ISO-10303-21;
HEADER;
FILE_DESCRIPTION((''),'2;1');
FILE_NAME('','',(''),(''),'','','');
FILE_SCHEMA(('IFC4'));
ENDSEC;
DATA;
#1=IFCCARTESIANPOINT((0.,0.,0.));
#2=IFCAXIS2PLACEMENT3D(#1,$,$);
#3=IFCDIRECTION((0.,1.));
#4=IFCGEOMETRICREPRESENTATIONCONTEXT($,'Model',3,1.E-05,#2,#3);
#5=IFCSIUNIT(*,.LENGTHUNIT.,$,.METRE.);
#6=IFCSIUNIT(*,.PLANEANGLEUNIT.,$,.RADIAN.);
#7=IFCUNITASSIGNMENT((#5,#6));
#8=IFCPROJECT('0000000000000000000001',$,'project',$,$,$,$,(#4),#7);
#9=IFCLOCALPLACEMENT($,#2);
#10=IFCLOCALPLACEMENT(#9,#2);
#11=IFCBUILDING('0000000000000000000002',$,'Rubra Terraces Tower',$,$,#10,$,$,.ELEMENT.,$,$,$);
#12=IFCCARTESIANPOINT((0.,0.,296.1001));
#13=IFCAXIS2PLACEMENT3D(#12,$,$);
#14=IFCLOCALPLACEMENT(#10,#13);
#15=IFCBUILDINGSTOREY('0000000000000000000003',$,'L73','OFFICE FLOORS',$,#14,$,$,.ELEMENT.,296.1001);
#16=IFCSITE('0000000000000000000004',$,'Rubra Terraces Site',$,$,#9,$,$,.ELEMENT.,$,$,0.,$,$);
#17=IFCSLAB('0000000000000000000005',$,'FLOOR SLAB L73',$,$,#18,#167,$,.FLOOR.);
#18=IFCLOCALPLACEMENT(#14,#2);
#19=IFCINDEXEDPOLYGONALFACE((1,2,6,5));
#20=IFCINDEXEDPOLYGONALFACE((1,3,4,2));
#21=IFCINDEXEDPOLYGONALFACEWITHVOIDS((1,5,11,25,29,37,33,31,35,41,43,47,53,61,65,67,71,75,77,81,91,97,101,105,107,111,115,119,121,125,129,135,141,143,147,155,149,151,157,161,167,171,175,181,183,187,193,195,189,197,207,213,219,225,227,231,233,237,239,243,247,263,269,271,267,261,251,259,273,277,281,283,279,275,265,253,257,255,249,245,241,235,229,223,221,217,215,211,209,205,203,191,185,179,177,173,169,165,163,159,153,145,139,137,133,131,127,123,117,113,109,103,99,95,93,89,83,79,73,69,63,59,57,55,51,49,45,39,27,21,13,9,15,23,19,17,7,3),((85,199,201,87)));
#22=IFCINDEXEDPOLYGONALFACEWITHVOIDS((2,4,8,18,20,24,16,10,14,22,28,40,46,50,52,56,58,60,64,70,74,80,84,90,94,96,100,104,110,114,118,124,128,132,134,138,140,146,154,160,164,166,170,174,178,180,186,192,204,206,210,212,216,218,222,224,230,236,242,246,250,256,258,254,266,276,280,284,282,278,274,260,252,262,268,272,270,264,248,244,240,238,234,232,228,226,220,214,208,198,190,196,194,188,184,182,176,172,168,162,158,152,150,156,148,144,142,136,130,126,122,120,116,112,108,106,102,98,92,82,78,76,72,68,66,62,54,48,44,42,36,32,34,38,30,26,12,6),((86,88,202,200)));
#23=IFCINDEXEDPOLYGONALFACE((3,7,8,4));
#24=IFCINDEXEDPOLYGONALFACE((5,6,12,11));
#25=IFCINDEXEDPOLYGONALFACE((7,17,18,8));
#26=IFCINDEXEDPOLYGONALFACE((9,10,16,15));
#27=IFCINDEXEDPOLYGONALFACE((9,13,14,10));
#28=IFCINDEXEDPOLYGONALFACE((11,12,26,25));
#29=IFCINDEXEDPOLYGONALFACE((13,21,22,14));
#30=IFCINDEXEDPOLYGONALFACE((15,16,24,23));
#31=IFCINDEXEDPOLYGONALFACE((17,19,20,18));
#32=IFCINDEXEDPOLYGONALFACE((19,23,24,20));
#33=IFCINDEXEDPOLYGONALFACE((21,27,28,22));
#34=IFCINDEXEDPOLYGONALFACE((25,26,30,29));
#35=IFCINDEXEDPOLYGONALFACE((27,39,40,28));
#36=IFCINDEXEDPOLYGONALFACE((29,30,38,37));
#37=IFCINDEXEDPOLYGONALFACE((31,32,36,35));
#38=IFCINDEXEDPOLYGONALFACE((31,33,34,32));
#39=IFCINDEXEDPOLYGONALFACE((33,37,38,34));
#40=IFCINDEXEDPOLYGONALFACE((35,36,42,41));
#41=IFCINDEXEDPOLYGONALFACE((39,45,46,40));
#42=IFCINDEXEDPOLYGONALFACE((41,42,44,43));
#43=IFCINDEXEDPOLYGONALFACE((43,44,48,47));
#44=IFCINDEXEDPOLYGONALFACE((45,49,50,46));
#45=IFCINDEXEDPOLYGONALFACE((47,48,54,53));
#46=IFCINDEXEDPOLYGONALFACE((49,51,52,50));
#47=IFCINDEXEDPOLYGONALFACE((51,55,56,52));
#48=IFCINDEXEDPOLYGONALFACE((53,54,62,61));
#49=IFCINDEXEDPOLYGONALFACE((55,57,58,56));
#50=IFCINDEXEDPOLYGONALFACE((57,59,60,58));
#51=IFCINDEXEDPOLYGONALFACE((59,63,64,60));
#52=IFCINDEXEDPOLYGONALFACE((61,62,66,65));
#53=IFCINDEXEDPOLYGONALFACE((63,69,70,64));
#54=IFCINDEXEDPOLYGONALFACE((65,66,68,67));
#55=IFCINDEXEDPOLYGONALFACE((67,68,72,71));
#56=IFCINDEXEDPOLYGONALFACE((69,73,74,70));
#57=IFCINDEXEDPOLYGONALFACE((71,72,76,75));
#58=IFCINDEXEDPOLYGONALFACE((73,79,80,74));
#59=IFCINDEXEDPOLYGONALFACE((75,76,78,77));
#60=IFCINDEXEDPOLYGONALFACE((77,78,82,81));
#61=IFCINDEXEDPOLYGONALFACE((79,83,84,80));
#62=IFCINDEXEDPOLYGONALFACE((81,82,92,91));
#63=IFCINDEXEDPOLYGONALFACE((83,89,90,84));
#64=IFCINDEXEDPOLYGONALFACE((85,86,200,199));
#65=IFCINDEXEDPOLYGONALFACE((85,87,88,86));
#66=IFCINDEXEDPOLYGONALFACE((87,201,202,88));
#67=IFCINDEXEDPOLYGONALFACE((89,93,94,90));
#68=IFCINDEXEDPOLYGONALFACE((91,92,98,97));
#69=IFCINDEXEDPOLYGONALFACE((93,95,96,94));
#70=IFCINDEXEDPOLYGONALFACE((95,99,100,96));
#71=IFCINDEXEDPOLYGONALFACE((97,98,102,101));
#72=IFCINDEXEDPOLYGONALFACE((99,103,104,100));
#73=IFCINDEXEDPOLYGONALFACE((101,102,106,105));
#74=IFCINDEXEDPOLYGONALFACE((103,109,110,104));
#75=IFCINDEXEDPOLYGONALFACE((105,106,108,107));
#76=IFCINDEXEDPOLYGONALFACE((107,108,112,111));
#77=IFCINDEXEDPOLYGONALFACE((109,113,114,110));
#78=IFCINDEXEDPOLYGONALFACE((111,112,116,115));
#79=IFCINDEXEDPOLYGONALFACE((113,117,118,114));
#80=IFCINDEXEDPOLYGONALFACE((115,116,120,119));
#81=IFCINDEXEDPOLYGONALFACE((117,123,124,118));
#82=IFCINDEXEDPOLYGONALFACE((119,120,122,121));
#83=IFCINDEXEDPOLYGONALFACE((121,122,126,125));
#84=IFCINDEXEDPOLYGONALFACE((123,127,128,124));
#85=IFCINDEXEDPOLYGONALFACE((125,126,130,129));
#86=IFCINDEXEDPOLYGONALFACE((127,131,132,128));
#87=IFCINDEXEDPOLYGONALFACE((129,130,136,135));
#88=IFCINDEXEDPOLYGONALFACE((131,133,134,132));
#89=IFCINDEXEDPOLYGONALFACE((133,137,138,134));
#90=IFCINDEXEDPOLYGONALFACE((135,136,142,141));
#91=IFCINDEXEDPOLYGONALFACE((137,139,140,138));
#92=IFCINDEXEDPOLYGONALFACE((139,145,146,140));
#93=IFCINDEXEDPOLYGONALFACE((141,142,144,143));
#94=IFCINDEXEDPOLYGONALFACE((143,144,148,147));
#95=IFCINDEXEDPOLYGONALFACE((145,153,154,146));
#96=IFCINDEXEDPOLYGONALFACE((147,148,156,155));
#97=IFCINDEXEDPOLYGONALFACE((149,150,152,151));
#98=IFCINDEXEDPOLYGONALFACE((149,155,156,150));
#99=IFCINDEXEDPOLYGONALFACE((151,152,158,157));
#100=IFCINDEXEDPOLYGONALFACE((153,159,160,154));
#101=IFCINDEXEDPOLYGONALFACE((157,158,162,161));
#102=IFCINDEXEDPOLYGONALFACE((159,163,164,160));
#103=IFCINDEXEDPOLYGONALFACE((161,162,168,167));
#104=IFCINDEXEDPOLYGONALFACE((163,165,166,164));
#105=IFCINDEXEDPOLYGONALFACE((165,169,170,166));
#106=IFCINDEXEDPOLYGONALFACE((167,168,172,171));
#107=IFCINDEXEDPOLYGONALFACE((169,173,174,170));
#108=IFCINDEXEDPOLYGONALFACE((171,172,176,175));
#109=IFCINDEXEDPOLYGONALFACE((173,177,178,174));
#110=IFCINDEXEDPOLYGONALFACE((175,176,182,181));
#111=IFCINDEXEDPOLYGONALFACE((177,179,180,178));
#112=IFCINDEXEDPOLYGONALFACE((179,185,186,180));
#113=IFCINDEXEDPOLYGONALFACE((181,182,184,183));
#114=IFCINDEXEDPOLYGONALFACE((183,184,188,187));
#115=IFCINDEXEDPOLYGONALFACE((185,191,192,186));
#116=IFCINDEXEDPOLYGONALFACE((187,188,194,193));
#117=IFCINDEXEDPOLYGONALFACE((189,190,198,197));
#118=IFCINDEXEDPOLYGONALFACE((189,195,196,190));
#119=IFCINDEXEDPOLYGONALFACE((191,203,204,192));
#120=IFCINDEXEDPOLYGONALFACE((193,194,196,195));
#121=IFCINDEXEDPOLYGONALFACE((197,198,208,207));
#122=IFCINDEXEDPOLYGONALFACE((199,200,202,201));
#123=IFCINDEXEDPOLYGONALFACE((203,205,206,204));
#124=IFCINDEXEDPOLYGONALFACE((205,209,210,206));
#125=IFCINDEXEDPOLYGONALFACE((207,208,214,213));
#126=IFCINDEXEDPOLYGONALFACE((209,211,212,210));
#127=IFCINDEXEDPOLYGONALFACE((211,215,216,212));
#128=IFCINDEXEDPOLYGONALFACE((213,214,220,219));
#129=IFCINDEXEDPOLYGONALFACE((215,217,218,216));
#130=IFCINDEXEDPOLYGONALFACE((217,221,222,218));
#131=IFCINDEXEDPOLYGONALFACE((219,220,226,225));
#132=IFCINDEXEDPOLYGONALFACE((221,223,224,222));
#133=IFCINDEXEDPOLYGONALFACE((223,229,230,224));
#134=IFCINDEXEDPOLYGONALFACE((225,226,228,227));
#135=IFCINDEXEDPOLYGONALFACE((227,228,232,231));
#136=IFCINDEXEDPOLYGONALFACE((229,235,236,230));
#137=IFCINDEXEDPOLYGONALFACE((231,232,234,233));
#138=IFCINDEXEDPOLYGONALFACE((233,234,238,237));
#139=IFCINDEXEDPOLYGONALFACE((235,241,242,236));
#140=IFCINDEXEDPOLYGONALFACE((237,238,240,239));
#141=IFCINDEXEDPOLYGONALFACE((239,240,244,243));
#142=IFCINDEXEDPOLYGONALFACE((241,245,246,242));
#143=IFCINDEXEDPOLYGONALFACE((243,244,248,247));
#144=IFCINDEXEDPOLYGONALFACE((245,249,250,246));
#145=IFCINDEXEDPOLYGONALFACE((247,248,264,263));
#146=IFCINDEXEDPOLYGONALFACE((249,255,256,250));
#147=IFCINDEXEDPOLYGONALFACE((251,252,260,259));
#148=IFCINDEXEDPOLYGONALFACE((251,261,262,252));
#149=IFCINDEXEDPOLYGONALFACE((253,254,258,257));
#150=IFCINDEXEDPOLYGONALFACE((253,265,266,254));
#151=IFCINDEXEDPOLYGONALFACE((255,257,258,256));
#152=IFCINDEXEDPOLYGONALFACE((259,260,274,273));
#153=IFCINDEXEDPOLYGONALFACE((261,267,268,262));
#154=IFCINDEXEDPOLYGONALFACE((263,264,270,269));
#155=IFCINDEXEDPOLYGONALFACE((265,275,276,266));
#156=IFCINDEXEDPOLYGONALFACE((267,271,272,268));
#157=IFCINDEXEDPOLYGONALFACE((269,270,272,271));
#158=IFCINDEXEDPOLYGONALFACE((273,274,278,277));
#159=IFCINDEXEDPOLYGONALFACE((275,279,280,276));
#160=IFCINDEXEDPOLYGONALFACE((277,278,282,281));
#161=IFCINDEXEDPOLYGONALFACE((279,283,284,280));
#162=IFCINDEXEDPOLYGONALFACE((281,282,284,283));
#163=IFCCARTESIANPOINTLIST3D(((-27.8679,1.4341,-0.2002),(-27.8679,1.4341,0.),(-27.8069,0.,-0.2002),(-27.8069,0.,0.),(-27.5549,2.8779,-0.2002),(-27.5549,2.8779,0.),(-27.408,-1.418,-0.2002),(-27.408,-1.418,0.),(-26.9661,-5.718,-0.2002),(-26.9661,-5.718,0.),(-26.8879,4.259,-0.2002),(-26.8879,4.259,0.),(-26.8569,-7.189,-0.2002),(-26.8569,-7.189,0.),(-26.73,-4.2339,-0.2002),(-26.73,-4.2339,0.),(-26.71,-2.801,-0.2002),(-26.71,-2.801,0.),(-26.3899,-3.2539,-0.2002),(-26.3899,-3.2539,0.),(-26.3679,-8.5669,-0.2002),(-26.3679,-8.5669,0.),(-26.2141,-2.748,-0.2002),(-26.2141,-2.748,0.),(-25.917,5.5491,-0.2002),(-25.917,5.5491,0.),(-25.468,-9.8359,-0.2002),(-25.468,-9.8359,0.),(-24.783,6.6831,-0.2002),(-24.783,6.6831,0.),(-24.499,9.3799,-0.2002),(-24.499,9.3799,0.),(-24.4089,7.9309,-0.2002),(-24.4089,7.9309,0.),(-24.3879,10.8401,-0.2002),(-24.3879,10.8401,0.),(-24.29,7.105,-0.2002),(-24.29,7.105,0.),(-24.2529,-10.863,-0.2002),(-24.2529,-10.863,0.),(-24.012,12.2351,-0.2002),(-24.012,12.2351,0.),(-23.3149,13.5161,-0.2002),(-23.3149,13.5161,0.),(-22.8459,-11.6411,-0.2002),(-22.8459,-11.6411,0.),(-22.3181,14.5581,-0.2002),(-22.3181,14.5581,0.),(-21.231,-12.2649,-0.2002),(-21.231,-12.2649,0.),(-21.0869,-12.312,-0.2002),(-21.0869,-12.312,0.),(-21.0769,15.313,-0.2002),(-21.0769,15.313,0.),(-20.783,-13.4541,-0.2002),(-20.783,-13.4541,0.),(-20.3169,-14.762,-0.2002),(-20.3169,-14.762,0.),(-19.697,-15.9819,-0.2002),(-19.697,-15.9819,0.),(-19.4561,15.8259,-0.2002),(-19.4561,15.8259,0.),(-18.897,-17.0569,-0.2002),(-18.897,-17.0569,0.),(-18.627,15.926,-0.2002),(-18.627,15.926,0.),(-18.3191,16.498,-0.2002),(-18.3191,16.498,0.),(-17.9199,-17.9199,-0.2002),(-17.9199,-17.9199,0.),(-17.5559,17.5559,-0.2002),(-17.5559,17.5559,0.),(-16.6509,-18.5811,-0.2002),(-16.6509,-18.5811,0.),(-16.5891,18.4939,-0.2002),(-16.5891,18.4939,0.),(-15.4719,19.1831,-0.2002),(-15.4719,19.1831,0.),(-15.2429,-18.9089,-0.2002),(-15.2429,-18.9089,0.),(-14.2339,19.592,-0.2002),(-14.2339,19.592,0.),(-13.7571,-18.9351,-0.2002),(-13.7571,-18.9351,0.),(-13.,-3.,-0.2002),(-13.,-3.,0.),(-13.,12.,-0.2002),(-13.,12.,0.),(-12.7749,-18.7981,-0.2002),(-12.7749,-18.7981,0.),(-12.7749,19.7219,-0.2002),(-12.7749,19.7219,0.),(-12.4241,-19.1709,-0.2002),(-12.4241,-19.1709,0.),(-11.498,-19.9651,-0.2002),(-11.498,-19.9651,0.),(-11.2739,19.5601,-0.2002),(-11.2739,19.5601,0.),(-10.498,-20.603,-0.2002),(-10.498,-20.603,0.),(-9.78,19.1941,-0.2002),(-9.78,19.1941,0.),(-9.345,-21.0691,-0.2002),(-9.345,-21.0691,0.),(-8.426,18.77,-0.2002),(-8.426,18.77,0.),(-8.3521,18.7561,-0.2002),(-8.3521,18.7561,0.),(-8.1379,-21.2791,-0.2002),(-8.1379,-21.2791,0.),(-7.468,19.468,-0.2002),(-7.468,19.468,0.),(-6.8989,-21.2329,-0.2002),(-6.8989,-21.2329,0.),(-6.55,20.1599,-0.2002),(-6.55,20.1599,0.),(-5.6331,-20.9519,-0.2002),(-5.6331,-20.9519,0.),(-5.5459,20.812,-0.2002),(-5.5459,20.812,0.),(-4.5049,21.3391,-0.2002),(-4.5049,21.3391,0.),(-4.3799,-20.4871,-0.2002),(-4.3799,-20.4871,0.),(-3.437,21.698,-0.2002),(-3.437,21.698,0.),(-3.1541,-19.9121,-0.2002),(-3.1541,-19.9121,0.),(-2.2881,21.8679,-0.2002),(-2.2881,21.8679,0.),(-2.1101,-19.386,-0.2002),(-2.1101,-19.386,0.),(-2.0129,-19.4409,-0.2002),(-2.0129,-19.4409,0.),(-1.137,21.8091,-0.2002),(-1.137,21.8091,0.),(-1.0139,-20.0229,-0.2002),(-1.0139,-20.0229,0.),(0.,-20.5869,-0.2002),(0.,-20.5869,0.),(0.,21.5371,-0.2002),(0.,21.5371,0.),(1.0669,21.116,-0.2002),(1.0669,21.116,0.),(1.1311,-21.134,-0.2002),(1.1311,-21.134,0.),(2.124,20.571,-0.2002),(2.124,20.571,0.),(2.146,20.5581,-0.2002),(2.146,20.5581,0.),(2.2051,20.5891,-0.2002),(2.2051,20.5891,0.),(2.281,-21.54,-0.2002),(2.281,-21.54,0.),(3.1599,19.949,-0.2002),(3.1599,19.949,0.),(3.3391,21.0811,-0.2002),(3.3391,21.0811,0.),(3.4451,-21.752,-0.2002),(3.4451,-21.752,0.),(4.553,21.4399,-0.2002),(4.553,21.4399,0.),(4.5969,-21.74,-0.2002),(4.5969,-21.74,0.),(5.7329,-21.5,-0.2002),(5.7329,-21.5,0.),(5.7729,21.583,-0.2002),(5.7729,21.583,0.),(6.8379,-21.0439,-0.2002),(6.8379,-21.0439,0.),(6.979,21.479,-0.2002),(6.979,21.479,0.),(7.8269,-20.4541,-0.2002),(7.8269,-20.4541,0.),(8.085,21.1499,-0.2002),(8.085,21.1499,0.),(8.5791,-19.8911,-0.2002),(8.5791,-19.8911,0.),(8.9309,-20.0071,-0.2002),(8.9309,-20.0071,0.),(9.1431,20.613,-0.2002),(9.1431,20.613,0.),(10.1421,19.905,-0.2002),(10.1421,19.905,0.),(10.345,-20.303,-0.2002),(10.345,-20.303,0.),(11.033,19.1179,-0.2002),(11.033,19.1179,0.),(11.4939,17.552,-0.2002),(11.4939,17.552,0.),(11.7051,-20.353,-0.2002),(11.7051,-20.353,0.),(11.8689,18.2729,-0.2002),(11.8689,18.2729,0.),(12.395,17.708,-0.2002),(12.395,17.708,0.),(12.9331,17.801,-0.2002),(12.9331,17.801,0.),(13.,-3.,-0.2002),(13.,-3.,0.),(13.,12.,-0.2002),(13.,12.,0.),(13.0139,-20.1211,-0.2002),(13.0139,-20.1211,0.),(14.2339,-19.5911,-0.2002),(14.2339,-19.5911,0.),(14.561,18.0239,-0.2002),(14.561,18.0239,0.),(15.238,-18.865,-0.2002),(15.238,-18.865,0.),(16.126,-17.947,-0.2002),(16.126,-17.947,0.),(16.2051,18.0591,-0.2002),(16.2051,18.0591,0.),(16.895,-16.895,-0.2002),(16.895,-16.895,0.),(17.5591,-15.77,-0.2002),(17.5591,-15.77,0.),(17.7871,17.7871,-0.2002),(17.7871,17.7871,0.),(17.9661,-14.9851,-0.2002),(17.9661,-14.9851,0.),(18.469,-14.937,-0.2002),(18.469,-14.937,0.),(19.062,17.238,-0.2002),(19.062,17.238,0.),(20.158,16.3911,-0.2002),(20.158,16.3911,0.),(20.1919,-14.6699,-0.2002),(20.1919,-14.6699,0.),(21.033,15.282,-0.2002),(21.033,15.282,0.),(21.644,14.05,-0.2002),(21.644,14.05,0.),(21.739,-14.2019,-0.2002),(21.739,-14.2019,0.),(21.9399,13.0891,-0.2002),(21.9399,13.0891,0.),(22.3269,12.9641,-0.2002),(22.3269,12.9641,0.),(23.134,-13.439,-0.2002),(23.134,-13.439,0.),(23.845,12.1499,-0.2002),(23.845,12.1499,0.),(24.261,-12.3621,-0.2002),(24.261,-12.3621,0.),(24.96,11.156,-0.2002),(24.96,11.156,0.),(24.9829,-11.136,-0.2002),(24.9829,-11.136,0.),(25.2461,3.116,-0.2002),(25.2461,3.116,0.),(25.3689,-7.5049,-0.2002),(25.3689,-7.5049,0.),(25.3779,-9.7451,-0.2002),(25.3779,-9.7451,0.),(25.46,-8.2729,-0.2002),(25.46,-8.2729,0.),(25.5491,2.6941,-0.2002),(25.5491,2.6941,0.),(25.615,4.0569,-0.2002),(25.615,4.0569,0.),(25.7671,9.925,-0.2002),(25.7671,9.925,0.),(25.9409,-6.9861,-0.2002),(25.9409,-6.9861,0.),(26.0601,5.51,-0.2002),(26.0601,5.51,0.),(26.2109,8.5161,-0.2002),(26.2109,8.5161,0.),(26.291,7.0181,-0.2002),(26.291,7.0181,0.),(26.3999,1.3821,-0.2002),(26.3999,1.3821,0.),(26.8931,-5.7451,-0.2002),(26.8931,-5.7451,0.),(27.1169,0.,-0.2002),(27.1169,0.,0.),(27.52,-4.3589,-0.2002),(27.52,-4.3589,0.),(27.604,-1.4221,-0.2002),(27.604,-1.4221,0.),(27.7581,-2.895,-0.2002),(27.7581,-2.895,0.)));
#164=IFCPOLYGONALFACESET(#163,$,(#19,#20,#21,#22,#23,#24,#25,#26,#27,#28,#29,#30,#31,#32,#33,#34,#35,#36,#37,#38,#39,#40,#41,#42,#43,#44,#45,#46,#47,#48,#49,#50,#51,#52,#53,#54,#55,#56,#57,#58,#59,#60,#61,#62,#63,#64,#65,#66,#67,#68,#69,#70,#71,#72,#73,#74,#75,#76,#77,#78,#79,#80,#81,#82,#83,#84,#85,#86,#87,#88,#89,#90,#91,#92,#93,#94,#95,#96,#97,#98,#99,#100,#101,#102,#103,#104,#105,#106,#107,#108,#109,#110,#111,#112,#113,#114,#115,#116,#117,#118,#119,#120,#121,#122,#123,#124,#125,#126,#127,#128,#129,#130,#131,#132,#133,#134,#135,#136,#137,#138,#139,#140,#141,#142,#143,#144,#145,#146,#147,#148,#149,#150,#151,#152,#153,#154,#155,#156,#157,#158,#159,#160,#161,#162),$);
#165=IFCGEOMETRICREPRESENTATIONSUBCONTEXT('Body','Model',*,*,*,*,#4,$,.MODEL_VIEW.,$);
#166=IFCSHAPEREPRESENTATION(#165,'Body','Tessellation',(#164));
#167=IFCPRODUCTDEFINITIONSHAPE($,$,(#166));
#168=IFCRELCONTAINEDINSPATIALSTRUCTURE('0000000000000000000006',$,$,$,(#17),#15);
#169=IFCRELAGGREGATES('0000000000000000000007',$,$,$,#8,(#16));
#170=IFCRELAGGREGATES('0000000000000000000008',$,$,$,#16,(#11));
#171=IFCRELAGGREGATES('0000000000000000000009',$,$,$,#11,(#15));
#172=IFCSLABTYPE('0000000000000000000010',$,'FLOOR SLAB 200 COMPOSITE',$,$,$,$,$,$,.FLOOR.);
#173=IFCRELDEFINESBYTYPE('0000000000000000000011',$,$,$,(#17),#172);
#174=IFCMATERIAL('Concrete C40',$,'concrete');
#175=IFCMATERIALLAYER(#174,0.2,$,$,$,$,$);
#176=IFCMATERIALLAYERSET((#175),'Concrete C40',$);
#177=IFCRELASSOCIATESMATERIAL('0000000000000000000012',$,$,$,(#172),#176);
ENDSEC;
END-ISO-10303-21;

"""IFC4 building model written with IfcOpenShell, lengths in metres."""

from ifc_helpers import new_model, si_unit, direction, frame, origin, place, context, subcontext, project, spatial, polyline, outline, extrude, material, layer, layer_set, type_object, element, save


model = new_model("IFC4")

# Units and contexts
model_context = context("Model", 3, precision=1e-05, world=origin(), true_north=direction((0.0, 1.0)))
body_context = subcontext(model_context, "Body", "Model", "MODEL_VIEW")
ifc_project = project(units=[si_unit("LENGTHUNIT", "METRE"), si_unit("PLANEANGLEUNIT", "RADIAN")], contexts=[model_context])

# Site, building, storey
site_placement = place(None, origin())
site = spatial("IfcSite", under=ifc_project, at=site_placement, Name="Rubra Terraces Site", CompositionType="ELEMENT", RefElevation=0.0)
building_placement = place(site_placement, origin())
building = spatial("IfcBuilding", under=site, at=building_placement, Name="Rubra Terraces Tower", CompositionType="ELEMENT")
storey_placement = place(building_placement, frame((0.0, 0.0, 296.1001)))
storey = spatial("IfcBuildingStorey", under=building, at=storey_placement, Name="L73", Description="OFFICE FLOORS", CompositionType="ELEMENT", Elevation=296.1001)

# Shared definitions
ifc_material_1 = material(Name="Concrete C40", Category="concrete")

# Slab
ifc_layer_1 = layer(ifc_material_1, 0.2)
ifc_layer_set_1 = layer_set([ifc_layer_1], Name="Concrete C40")
slab_type_1 = type_object("IfcSlabType", Name="FLOOR SLAB 200 COMPOSITE", PredefinedType="FLOOR", material=ifc_layer_set_1)
slab_1_placement = place(storey_placement, frame((0.0, 0.0, -0.2002)))
element("IfcSlab", 1, at=slab_1_placement, inside=storey, type_object=slab_type_1, Name="FLOOR SLAB L73", PredefinedType="FLOOR", context=body_context, shape_type="SweptSolid", body=[
    extrude(outline(polyline([(25.46, -8.2729), (25.3689, -7.5049), (25.9409, -6.9861), (26.8931, -5.7451), (27.52, -4.3589), (27.7581, -2.895), (27.604, -1.4221), (27.1169, 0.0), (26.3999, 1.3821), (25.5491, 2.6941), (25.2461, 3.116), (25.615, 4.0569), (26.0601, 5.51), (26.291, 7.0181), (26.2109, 8.5161), (25.7671, 9.925), (24.96, 11.156), (23.845, 12.1499), (22.3269, 12.9641), (21.9399, 13.0891), (21.644, 14.05), (21.033, 15.282), (20.158, 16.3911), (19.062, 17.238), (17.7871, 17.7871), (16.2051, 18.0591), (14.561, 18.0239), (12.9331, 17.801), (11.4939, 17.552), (12.395, 17.708), (11.8689, 18.2729), (11.033, 19.1179), (10.1421, 19.905), (9.1431, 20.613), (8.085, 21.1499), (6.979, 21.479), (5.7729, 21.583), (4.553, 21.4399), (3.3391, 21.0811), (2.2051, 20.5891), (2.146, 20.5581), (3.1599, 19.949), (2.124, 20.571), (1.0669, 21.116), (0.0, 21.5371), (-1.137, 21.8091), (-2.2881, 21.8679), (-3.437, 21.698), (-4.5049, 21.3391), (-5.5459, 20.812), (-6.55, 20.1599), (-7.468, 19.468), (-8.3521, 18.7561), (-8.426, 18.77), (-9.78, 19.1941), (-11.2739, 19.5601), (-12.7749, 19.7219), (-14.2339, 19.592), (-15.4719, 19.1831), (-16.5891, 18.4939), (-17.5559, 17.5559), (-18.3191, 16.498), (-18.627, 15.926), (-19.4561, 15.8259), (-21.0769, 15.313), (-22.3181, 14.5581), (-23.3149, 13.5161), (-24.012, 12.2351), (-24.3879, 10.8401), (-24.499, 9.3799), (-24.4089, 7.9309), (-24.29, 7.105), (-24.783, 6.6831), (-25.917, 5.5491), (-26.8879, 4.259), (-27.5549, 2.8779), (-27.8679, 1.4341), (-27.8069, 0.0), (-27.408, -1.418), (-26.71, -2.801), (-26.3899, -3.2539), (-26.2141, -2.748), (-26.73, -4.2339), (-26.9661, -5.718), (-26.8569, -7.189), (-26.3679, -8.5669), (-25.468, -9.8359), (-24.2529, -10.863), (-22.8459, -11.6411), (-21.231, -12.2649), (-21.0869, -12.312), (-20.783, -13.4541), (-20.3169, -14.762), (-19.697, -15.9819), (-18.897, -17.0569), (-17.9199, -17.9199), (-16.6509, -18.5811), (-15.2429, -18.9089), (-13.7571, -18.9351), (-12.7749, -18.7981), (-12.4241, -19.1709), (-11.498, -19.9651), (-10.498, -20.603), (-9.345, -21.0691), (-8.1379, -21.2791), (-6.8989, -21.2329), (-5.6331, -20.9519), (-4.3799, -20.4871), (-3.1541, -19.9121), (-2.1101, -19.386), (-2.0129, -19.4409), (-1.0139, -20.0229), (0.0, -20.5869), (1.1311, -21.134), (2.281, -21.54), (3.4451, -21.752), (4.5969, -21.74), (5.7329, -21.5), (6.8379, -21.0439), (7.8269, -20.4541), (8.5791, -19.8911), (8.9309, -20.0071), (10.345, -20.303), (11.7051, -20.353), (13.0139, -20.1211), (14.2339, -19.5911), (15.238, -18.865), (16.126, -17.947), (16.895, -16.895), (17.5591, -15.77), (17.9661, -14.9851), (18.469, -14.937), (20.1919, -14.6699), (21.739, -14.2019), (23.134, -13.439), (24.261, -12.3621), (24.9829, -11.136), (25.3779, -9.7451), (25.46, -8.2729)]), holes=[polyline([(13.0, 12.0), (13.0, -3.0), (-13.0, -3.0), (-13.0, 12.0), (13.0, 12.0)])]), origin(), (0.0, 0.0, 1.0), 0.2002),
])

save(model, "model.ifc")
